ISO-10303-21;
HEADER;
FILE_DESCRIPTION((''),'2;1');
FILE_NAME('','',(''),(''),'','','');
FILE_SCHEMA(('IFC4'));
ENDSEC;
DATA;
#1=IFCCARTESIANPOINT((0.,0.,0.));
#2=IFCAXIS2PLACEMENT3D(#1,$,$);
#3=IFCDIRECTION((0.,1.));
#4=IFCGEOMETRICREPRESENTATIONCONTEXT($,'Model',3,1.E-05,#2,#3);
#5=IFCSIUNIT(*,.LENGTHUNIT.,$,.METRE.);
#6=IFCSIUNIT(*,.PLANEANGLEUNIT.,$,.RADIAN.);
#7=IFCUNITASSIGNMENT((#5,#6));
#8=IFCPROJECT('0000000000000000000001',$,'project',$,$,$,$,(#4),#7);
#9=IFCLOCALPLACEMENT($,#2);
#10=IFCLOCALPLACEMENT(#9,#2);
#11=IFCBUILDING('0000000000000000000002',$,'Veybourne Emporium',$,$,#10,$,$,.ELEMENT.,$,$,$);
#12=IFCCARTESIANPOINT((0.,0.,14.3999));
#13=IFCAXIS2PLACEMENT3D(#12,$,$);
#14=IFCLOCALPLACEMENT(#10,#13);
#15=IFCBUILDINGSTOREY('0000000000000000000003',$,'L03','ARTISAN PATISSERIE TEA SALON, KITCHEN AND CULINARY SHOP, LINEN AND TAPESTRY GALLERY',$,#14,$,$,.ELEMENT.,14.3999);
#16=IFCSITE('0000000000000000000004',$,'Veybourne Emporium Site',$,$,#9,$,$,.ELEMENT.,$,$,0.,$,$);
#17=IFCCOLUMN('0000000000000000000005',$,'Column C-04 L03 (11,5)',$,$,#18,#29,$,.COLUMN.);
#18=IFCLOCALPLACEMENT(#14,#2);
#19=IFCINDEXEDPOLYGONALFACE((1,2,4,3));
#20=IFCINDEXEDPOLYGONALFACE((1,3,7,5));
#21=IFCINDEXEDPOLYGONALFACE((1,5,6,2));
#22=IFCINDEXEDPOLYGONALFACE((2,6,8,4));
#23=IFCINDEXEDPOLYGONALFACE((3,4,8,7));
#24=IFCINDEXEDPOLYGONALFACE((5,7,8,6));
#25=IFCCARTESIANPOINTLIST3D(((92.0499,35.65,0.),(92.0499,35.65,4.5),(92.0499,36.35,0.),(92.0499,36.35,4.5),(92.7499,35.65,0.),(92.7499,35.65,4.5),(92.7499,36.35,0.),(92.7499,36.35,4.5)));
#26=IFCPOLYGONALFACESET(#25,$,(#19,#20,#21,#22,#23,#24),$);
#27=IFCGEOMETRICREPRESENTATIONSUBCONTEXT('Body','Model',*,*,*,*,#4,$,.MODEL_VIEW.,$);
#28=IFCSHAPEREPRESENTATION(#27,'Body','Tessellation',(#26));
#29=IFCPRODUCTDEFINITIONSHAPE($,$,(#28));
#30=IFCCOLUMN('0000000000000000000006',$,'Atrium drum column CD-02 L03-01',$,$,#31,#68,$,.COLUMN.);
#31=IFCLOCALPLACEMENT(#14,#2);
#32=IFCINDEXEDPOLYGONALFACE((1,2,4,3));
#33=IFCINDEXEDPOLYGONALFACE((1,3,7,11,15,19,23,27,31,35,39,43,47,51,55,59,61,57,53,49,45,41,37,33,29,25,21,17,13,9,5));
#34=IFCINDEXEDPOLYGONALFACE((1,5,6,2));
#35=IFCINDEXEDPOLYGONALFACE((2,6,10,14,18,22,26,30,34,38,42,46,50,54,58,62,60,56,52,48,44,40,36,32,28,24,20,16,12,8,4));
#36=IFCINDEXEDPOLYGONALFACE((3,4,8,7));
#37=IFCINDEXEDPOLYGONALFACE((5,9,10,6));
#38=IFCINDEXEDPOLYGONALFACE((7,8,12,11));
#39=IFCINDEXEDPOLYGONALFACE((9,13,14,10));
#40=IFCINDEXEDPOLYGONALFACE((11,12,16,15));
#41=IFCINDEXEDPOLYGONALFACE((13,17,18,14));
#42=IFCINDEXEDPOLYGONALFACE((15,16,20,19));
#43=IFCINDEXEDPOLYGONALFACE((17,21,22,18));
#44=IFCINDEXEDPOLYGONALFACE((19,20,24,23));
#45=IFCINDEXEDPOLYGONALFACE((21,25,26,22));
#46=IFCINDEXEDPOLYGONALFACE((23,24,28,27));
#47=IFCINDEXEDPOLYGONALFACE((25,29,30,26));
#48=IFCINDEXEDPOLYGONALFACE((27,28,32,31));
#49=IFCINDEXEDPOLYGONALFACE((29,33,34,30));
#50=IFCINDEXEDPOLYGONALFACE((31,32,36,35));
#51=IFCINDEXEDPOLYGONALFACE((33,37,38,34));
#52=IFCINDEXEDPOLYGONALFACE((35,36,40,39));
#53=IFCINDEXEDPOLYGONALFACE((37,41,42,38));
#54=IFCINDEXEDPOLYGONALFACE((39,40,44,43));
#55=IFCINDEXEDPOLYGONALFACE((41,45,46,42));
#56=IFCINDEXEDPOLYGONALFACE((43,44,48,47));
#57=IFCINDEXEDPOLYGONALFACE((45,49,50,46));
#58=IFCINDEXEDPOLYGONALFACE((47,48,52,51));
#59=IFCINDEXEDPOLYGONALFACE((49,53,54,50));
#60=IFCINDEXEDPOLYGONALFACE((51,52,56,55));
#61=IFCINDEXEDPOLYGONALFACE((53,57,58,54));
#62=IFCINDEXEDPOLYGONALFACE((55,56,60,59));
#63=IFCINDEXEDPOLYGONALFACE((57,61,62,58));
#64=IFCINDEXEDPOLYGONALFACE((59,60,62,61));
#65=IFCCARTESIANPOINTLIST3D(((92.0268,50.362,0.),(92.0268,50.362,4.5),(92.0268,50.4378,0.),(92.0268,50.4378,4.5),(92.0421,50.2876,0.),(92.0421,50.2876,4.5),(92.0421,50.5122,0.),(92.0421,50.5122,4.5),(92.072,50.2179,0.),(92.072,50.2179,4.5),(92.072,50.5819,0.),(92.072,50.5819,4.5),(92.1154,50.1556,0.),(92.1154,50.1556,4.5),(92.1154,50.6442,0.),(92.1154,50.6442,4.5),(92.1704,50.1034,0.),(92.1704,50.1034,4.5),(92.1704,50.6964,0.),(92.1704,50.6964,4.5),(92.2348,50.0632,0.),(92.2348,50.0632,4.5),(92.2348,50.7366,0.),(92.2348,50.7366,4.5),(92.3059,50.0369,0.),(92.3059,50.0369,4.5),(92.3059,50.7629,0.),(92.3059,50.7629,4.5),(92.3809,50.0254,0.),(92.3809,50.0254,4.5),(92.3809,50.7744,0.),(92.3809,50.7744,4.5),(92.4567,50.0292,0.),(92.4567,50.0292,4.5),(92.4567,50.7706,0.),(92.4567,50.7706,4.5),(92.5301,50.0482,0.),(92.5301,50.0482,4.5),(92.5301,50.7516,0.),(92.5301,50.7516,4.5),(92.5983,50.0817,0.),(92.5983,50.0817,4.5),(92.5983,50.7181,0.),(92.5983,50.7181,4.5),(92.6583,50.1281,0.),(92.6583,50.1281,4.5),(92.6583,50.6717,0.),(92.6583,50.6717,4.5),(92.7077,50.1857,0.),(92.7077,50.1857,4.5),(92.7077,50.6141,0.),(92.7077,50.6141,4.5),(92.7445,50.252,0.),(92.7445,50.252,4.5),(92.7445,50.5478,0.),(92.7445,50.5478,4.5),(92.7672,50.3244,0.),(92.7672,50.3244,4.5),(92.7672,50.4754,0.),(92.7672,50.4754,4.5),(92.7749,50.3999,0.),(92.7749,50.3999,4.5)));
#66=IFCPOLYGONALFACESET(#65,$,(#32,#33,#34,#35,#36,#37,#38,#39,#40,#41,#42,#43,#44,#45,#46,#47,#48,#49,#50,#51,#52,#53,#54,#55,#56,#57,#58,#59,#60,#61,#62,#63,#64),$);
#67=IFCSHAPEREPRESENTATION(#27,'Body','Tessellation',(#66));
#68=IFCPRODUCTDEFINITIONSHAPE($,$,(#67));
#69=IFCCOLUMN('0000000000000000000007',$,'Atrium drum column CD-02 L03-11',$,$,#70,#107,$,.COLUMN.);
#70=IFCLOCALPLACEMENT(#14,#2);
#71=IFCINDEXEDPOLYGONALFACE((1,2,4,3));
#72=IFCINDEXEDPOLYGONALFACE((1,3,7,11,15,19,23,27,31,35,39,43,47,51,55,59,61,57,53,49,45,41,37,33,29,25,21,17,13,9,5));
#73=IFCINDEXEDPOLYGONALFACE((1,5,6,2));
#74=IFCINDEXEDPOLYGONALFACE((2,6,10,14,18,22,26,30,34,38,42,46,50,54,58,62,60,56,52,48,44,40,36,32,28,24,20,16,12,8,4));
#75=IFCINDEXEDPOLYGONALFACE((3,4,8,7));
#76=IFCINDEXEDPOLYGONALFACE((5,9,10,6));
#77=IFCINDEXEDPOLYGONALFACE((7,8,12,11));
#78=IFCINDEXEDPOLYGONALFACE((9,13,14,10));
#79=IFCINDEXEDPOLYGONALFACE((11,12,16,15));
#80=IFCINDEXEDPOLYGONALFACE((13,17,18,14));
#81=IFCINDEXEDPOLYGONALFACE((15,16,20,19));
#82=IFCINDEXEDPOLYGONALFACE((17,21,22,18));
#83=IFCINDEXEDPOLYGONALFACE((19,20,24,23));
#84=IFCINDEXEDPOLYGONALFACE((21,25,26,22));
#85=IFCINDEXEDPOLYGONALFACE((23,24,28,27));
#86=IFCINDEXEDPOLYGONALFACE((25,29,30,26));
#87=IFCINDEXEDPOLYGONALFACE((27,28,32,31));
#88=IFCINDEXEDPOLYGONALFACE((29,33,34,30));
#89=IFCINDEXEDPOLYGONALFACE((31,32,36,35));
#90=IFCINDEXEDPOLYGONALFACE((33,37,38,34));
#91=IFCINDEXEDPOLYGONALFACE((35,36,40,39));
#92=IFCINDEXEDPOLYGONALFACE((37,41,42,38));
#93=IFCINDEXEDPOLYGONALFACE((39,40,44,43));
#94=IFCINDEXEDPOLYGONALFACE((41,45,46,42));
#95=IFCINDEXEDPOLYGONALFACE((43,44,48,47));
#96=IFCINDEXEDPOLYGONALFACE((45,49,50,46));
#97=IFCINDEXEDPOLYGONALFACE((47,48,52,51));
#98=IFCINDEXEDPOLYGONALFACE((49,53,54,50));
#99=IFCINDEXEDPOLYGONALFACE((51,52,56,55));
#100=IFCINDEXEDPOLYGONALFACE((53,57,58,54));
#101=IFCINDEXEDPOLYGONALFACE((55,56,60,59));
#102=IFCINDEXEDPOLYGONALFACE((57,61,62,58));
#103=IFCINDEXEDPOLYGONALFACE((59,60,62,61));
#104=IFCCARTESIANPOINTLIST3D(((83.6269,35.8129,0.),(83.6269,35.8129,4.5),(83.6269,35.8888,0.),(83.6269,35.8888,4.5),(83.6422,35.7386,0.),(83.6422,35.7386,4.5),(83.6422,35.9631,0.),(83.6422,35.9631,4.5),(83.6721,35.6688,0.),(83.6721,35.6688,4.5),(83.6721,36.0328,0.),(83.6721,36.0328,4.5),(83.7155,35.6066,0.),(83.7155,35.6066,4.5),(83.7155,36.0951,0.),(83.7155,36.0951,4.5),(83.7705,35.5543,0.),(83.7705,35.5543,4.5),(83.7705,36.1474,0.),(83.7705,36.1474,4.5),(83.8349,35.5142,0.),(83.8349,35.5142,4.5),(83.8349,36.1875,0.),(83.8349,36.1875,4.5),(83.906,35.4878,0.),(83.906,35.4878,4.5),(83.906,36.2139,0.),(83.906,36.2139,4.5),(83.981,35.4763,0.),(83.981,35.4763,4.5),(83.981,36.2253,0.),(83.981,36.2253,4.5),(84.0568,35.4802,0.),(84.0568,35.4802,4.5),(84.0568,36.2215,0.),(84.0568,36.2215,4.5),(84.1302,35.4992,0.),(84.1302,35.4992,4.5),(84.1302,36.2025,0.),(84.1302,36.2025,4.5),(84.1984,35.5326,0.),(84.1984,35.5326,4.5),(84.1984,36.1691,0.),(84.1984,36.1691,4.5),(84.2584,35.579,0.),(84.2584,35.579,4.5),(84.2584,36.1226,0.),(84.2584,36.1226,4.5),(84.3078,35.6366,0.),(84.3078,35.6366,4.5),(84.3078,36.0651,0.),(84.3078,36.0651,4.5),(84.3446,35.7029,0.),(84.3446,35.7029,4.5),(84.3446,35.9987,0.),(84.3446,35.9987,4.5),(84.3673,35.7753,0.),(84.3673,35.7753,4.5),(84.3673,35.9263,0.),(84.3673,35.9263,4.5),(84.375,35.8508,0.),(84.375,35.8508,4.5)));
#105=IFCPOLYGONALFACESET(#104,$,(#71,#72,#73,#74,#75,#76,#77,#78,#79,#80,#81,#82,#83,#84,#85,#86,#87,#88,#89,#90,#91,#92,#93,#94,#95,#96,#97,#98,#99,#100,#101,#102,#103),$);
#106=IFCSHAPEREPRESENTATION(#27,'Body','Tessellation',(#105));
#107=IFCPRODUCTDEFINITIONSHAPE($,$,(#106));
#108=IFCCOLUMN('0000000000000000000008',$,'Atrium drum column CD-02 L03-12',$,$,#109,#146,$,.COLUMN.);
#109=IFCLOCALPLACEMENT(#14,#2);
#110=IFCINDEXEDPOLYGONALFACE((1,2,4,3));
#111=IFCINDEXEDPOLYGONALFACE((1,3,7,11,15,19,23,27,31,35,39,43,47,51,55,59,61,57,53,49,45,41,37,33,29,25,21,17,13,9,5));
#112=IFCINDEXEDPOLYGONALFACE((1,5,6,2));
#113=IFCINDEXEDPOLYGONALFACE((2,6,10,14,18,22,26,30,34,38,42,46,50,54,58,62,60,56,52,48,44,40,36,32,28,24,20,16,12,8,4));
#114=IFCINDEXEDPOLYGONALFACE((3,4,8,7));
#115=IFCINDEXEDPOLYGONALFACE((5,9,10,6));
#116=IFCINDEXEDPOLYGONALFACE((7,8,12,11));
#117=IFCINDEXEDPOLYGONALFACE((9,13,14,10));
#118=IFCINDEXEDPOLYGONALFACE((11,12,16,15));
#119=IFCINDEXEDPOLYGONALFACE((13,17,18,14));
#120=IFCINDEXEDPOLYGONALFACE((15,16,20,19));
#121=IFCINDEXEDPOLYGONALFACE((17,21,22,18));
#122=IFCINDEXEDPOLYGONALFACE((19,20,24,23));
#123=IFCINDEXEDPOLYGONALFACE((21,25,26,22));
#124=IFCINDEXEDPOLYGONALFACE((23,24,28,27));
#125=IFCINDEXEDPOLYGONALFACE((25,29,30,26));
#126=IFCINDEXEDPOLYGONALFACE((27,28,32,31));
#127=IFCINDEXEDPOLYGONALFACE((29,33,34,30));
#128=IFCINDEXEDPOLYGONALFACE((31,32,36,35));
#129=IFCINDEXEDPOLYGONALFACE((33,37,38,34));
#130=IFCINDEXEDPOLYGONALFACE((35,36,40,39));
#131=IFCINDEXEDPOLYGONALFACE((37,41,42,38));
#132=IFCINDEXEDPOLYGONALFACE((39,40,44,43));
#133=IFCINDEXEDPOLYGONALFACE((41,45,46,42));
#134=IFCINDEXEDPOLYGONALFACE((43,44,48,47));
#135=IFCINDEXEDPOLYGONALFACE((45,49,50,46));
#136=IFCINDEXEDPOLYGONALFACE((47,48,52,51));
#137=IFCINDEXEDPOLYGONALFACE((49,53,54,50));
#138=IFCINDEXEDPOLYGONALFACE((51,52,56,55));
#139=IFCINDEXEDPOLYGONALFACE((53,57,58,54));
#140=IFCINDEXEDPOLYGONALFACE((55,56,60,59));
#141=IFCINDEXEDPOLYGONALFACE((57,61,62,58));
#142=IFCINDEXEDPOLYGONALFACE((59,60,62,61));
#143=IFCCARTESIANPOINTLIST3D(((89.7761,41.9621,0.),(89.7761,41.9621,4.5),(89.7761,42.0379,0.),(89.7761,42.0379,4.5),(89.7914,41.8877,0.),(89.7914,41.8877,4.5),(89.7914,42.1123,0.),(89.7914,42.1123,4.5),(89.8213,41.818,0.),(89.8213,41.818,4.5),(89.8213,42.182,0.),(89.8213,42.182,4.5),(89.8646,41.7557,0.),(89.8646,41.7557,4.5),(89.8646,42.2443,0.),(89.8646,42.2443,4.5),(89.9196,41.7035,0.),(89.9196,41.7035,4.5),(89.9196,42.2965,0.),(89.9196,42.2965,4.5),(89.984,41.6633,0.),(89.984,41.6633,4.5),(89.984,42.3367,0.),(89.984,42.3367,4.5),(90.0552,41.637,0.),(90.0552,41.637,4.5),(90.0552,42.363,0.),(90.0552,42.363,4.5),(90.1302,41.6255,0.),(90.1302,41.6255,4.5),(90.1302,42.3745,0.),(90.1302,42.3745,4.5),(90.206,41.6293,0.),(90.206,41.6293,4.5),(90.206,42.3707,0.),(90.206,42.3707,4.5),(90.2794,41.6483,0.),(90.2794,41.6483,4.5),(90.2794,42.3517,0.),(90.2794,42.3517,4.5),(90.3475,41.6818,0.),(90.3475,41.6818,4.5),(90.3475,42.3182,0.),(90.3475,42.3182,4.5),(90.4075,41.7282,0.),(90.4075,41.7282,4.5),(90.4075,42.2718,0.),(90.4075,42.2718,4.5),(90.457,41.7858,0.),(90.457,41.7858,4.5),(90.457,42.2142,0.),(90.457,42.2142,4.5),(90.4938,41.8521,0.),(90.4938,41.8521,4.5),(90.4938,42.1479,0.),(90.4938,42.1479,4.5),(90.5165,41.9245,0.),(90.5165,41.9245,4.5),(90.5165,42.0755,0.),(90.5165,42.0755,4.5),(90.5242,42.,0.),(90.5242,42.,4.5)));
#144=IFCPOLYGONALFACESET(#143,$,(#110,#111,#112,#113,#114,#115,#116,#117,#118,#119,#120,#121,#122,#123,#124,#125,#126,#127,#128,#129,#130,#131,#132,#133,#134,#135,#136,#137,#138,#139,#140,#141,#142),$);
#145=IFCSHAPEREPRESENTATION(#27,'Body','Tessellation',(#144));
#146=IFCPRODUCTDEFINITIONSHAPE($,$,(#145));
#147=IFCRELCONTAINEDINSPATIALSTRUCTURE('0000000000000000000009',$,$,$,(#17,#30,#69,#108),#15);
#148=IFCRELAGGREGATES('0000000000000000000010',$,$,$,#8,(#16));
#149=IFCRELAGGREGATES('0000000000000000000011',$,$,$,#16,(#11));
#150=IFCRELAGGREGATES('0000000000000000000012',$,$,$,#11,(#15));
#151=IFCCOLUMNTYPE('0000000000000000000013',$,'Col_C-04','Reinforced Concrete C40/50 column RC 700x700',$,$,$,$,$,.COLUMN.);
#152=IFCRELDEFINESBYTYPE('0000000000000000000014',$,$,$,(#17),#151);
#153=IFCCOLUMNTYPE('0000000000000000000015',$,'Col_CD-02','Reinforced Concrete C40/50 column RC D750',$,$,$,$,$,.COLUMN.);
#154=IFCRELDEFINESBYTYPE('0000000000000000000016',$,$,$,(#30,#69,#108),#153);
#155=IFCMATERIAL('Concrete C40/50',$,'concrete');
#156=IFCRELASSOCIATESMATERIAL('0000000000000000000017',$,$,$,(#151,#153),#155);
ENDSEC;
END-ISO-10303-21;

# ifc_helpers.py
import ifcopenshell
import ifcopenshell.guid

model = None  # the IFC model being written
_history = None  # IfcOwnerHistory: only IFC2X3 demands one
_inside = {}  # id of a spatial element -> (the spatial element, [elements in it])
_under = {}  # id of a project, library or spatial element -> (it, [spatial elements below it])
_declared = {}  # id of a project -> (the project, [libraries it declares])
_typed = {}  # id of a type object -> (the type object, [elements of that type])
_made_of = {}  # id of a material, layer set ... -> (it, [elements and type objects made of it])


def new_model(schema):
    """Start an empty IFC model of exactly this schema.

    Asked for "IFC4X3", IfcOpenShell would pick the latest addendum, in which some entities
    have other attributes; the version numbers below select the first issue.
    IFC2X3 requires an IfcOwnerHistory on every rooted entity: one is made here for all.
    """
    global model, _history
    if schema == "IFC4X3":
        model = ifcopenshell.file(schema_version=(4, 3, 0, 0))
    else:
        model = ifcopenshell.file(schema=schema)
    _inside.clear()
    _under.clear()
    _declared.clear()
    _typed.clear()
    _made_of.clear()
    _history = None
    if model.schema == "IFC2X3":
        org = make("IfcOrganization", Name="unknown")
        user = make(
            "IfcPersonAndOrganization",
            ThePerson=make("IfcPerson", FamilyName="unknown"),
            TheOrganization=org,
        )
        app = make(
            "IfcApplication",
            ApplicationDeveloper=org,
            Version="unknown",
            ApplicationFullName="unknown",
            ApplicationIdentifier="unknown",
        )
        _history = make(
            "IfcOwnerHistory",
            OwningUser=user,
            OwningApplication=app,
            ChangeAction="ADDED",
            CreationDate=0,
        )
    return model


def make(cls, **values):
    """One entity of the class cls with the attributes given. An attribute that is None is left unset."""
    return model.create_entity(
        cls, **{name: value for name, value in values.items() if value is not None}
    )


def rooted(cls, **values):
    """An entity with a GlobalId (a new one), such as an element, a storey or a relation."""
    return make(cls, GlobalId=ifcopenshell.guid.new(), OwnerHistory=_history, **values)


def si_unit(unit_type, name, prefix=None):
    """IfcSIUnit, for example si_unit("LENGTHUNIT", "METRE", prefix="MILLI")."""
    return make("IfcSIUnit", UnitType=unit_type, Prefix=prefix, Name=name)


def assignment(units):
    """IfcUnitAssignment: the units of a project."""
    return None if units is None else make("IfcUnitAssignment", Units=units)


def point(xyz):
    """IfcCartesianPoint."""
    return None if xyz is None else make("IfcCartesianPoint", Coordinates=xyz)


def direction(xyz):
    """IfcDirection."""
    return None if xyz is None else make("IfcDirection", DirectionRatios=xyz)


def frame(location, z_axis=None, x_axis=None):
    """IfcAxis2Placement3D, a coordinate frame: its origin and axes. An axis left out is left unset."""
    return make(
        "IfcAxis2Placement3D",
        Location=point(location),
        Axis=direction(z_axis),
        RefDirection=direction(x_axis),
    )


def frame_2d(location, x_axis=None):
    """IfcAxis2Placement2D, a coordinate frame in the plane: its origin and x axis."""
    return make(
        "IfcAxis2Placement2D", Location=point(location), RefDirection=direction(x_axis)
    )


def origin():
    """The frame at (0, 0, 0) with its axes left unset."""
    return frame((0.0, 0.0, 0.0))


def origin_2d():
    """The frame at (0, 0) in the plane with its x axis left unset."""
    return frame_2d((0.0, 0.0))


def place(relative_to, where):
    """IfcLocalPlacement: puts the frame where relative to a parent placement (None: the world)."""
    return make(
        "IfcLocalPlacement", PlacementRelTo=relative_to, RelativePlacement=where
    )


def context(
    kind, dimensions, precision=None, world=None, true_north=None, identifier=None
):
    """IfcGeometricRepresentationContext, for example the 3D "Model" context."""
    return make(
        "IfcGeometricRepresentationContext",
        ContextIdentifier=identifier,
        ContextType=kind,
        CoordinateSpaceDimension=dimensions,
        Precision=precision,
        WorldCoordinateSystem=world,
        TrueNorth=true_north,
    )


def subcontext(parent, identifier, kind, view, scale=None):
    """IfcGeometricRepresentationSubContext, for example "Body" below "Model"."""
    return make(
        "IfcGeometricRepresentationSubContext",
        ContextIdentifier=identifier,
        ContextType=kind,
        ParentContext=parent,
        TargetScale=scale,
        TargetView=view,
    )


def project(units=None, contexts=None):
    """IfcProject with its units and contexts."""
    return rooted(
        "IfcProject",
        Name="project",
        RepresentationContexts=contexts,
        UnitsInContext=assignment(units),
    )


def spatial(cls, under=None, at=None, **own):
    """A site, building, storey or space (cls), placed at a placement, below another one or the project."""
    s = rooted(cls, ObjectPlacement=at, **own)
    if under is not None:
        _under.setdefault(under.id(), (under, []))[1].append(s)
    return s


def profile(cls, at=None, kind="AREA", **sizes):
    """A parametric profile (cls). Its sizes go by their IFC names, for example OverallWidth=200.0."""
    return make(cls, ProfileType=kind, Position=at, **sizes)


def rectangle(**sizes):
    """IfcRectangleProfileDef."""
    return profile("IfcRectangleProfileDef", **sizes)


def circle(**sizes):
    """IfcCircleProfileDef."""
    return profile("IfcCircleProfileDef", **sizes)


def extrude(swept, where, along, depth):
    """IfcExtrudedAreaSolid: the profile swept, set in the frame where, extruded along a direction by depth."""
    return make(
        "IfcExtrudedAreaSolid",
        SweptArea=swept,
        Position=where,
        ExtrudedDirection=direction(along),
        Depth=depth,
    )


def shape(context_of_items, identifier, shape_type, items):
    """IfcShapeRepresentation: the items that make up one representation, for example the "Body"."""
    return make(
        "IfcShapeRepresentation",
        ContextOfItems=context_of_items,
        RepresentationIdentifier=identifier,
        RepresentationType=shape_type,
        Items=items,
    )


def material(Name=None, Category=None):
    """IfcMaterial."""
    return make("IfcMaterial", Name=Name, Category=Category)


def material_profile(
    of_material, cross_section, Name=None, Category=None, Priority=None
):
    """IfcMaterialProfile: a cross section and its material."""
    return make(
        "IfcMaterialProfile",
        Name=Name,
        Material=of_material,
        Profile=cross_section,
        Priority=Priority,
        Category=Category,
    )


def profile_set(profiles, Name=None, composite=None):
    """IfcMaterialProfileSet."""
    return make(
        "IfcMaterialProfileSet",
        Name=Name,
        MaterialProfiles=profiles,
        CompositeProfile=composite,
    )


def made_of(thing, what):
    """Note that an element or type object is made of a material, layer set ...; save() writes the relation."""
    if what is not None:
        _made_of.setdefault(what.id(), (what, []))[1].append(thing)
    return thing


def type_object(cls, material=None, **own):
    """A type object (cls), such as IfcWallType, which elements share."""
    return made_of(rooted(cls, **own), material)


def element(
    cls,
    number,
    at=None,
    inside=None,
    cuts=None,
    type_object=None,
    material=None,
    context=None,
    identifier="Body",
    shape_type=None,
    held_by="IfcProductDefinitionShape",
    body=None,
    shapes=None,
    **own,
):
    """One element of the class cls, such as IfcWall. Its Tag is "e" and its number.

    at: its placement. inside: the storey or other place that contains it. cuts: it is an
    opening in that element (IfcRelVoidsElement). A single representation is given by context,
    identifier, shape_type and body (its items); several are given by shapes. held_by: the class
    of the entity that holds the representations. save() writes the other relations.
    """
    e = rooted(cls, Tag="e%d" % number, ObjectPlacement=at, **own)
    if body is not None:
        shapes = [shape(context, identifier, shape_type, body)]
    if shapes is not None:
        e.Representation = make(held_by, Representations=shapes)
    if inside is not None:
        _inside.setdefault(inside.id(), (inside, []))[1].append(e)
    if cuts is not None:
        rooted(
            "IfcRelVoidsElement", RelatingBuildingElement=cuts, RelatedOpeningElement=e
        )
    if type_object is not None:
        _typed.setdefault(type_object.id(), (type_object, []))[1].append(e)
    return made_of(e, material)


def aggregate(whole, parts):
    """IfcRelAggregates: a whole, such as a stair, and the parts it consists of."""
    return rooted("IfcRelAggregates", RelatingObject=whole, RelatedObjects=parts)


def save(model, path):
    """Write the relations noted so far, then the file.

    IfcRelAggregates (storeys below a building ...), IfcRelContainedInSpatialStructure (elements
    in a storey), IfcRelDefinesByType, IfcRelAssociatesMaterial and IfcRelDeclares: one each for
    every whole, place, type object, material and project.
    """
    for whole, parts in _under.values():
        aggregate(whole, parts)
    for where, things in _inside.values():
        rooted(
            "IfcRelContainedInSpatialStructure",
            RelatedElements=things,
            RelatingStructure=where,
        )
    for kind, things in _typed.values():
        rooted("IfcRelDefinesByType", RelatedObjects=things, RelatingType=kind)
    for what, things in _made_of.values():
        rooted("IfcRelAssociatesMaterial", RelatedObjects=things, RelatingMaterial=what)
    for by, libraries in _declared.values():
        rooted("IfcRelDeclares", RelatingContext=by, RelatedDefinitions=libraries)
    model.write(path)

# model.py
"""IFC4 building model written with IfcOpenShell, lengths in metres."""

from ifc_helpers import new_model, si_unit, direction, frame, origin, origin_2d, place, context, subcontext, project, spatial, rectangle, circle, extrude, material, material_profile, profile_set, type_object, element, save


model = new_model("IFC4")

# Units and contexts
model_context = context("Model", 3, precision=1e-05, world=origin(), true_north=direction((0.0, 1.0)))
body_context = subcontext(model_context, "Body", "Model", "MODEL_VIEW")
ifc_project = project(units=[si_unit("LENGTHUNIT", "METRE"), si_unit("PLANEANGLEUNIT", "RADIAN")], contexts=[model_context])

# Site, building, storey
site_placement = place(None, origin())
site = spatial("IfcSite", under=ifc_project, at=site_placement, Name="Veybourne Emporium Site", CompositionType="ELEMENT", RefElevation=0.0)
building_placement = place(site_placement, origin())
building = spatial("IfcBuilding", under=site, at=building_placement, Name="Veybourne Emporium", CompositionType="ELEMENT")
storey_placement = place(building_placement, frame((0.0, 0.0, 14.3999)))
storey = spatial("IfcBuildingStorey", under=building, at=storey_placement, Name="L03", Description="ARTISAN PATISSERIE TEA SALON, KITCHEN AND CULINARY SHOP, LINEN AND TAPESTRY GALLERY", CompositionType="ELEMENT", Elevation=14.3999)

# Columns
ifc_material_1 = material(Name="Concrete C40/50", Category="concrete")
ifc_material_profile_1 = material_profile(ifc_material_1, rectangle(XDim=0.7, YDim=0.7, at=origin_2d()), Name="RC 700x700")
ifc_profile_set_1 = profile_set([ifc_material_profile_1], Name="Concrete C40/50")
column_type_1 = type_object("IfcColumnType", Name="Col_C-04", Description="Reinforced Concrete C40/50 column RC 700x700", PredefinedType="COLUMN", material=ifc_profile_set_1)
column_placement = place(storey_placement, frame((92.3999, 36.0, 0.0), z_axis=(0.0, 0.0, 1.0), x_axis=(1.0, 0.0, 0.0)))
element("IfcColumn", 1, at=column_placement, inside=storey, type_object=column_type_1, Name="Column C-04 L03 (11,5)", PredefinedType="COLUMN", context=body_context, shape_type="SweptSolid", body=[
    extrude(rectangle(XDim=0.7, YDim=0.7, at=origin_2d()), origin(), (0.0, 0.0, 1.0), 4.5),
])
ifc_material_profile_2 = material_profile(ifc_material_1, circle(Radius=0.375, at=origin_2d()), Name="RC D750")
ifc_profile_set_2 = profile_set([ifc_material_profile_2], Name="Concrete C40/50")
column_type_2 = type_object("IfcColumnType", Name="Col_CD-02", Description="Reinforced Concrete C40/50 column RC D750", PredefinedType="COLUMN", material=ifc_profile_set_2)
for number, where, z_axis, x_axis, name in (
    (2, (92.3999, 50.3999, 0.0), (0.0, 0.0, 1.0), (1.0, 0.0, 0.0), "Atrium drum column CD-02 L03-01"),
    (3, (84.0, 35.8508, 0.0), (0.0, 0.0, 1.0), (1.0, 0.0, 0.0), "Atrium drum column CD-02 L03-11"),
    (4, (90.1492, 42.0, 0.0), (0.0, 0.0, 1.0), (1.0, 0.0, 0.0), "Atrium drum column CD-02 L03-12"),
):
    element("IfcColumn", number, at=place(storey_placement, frame(where, z_axis=z_axis, x_axis=x_axis)), inside=storey, type_object=column_type_2, Name=name, PredefinedType="COLUMN", context=body_context, shape_type="SweptSolid", body=[
        extrude(circle(Radius=0.375, at=origin_2d()), origin(), (0.0, 0.0, 1.0), 4.5),
    ])

save(model, "model.ifc")
